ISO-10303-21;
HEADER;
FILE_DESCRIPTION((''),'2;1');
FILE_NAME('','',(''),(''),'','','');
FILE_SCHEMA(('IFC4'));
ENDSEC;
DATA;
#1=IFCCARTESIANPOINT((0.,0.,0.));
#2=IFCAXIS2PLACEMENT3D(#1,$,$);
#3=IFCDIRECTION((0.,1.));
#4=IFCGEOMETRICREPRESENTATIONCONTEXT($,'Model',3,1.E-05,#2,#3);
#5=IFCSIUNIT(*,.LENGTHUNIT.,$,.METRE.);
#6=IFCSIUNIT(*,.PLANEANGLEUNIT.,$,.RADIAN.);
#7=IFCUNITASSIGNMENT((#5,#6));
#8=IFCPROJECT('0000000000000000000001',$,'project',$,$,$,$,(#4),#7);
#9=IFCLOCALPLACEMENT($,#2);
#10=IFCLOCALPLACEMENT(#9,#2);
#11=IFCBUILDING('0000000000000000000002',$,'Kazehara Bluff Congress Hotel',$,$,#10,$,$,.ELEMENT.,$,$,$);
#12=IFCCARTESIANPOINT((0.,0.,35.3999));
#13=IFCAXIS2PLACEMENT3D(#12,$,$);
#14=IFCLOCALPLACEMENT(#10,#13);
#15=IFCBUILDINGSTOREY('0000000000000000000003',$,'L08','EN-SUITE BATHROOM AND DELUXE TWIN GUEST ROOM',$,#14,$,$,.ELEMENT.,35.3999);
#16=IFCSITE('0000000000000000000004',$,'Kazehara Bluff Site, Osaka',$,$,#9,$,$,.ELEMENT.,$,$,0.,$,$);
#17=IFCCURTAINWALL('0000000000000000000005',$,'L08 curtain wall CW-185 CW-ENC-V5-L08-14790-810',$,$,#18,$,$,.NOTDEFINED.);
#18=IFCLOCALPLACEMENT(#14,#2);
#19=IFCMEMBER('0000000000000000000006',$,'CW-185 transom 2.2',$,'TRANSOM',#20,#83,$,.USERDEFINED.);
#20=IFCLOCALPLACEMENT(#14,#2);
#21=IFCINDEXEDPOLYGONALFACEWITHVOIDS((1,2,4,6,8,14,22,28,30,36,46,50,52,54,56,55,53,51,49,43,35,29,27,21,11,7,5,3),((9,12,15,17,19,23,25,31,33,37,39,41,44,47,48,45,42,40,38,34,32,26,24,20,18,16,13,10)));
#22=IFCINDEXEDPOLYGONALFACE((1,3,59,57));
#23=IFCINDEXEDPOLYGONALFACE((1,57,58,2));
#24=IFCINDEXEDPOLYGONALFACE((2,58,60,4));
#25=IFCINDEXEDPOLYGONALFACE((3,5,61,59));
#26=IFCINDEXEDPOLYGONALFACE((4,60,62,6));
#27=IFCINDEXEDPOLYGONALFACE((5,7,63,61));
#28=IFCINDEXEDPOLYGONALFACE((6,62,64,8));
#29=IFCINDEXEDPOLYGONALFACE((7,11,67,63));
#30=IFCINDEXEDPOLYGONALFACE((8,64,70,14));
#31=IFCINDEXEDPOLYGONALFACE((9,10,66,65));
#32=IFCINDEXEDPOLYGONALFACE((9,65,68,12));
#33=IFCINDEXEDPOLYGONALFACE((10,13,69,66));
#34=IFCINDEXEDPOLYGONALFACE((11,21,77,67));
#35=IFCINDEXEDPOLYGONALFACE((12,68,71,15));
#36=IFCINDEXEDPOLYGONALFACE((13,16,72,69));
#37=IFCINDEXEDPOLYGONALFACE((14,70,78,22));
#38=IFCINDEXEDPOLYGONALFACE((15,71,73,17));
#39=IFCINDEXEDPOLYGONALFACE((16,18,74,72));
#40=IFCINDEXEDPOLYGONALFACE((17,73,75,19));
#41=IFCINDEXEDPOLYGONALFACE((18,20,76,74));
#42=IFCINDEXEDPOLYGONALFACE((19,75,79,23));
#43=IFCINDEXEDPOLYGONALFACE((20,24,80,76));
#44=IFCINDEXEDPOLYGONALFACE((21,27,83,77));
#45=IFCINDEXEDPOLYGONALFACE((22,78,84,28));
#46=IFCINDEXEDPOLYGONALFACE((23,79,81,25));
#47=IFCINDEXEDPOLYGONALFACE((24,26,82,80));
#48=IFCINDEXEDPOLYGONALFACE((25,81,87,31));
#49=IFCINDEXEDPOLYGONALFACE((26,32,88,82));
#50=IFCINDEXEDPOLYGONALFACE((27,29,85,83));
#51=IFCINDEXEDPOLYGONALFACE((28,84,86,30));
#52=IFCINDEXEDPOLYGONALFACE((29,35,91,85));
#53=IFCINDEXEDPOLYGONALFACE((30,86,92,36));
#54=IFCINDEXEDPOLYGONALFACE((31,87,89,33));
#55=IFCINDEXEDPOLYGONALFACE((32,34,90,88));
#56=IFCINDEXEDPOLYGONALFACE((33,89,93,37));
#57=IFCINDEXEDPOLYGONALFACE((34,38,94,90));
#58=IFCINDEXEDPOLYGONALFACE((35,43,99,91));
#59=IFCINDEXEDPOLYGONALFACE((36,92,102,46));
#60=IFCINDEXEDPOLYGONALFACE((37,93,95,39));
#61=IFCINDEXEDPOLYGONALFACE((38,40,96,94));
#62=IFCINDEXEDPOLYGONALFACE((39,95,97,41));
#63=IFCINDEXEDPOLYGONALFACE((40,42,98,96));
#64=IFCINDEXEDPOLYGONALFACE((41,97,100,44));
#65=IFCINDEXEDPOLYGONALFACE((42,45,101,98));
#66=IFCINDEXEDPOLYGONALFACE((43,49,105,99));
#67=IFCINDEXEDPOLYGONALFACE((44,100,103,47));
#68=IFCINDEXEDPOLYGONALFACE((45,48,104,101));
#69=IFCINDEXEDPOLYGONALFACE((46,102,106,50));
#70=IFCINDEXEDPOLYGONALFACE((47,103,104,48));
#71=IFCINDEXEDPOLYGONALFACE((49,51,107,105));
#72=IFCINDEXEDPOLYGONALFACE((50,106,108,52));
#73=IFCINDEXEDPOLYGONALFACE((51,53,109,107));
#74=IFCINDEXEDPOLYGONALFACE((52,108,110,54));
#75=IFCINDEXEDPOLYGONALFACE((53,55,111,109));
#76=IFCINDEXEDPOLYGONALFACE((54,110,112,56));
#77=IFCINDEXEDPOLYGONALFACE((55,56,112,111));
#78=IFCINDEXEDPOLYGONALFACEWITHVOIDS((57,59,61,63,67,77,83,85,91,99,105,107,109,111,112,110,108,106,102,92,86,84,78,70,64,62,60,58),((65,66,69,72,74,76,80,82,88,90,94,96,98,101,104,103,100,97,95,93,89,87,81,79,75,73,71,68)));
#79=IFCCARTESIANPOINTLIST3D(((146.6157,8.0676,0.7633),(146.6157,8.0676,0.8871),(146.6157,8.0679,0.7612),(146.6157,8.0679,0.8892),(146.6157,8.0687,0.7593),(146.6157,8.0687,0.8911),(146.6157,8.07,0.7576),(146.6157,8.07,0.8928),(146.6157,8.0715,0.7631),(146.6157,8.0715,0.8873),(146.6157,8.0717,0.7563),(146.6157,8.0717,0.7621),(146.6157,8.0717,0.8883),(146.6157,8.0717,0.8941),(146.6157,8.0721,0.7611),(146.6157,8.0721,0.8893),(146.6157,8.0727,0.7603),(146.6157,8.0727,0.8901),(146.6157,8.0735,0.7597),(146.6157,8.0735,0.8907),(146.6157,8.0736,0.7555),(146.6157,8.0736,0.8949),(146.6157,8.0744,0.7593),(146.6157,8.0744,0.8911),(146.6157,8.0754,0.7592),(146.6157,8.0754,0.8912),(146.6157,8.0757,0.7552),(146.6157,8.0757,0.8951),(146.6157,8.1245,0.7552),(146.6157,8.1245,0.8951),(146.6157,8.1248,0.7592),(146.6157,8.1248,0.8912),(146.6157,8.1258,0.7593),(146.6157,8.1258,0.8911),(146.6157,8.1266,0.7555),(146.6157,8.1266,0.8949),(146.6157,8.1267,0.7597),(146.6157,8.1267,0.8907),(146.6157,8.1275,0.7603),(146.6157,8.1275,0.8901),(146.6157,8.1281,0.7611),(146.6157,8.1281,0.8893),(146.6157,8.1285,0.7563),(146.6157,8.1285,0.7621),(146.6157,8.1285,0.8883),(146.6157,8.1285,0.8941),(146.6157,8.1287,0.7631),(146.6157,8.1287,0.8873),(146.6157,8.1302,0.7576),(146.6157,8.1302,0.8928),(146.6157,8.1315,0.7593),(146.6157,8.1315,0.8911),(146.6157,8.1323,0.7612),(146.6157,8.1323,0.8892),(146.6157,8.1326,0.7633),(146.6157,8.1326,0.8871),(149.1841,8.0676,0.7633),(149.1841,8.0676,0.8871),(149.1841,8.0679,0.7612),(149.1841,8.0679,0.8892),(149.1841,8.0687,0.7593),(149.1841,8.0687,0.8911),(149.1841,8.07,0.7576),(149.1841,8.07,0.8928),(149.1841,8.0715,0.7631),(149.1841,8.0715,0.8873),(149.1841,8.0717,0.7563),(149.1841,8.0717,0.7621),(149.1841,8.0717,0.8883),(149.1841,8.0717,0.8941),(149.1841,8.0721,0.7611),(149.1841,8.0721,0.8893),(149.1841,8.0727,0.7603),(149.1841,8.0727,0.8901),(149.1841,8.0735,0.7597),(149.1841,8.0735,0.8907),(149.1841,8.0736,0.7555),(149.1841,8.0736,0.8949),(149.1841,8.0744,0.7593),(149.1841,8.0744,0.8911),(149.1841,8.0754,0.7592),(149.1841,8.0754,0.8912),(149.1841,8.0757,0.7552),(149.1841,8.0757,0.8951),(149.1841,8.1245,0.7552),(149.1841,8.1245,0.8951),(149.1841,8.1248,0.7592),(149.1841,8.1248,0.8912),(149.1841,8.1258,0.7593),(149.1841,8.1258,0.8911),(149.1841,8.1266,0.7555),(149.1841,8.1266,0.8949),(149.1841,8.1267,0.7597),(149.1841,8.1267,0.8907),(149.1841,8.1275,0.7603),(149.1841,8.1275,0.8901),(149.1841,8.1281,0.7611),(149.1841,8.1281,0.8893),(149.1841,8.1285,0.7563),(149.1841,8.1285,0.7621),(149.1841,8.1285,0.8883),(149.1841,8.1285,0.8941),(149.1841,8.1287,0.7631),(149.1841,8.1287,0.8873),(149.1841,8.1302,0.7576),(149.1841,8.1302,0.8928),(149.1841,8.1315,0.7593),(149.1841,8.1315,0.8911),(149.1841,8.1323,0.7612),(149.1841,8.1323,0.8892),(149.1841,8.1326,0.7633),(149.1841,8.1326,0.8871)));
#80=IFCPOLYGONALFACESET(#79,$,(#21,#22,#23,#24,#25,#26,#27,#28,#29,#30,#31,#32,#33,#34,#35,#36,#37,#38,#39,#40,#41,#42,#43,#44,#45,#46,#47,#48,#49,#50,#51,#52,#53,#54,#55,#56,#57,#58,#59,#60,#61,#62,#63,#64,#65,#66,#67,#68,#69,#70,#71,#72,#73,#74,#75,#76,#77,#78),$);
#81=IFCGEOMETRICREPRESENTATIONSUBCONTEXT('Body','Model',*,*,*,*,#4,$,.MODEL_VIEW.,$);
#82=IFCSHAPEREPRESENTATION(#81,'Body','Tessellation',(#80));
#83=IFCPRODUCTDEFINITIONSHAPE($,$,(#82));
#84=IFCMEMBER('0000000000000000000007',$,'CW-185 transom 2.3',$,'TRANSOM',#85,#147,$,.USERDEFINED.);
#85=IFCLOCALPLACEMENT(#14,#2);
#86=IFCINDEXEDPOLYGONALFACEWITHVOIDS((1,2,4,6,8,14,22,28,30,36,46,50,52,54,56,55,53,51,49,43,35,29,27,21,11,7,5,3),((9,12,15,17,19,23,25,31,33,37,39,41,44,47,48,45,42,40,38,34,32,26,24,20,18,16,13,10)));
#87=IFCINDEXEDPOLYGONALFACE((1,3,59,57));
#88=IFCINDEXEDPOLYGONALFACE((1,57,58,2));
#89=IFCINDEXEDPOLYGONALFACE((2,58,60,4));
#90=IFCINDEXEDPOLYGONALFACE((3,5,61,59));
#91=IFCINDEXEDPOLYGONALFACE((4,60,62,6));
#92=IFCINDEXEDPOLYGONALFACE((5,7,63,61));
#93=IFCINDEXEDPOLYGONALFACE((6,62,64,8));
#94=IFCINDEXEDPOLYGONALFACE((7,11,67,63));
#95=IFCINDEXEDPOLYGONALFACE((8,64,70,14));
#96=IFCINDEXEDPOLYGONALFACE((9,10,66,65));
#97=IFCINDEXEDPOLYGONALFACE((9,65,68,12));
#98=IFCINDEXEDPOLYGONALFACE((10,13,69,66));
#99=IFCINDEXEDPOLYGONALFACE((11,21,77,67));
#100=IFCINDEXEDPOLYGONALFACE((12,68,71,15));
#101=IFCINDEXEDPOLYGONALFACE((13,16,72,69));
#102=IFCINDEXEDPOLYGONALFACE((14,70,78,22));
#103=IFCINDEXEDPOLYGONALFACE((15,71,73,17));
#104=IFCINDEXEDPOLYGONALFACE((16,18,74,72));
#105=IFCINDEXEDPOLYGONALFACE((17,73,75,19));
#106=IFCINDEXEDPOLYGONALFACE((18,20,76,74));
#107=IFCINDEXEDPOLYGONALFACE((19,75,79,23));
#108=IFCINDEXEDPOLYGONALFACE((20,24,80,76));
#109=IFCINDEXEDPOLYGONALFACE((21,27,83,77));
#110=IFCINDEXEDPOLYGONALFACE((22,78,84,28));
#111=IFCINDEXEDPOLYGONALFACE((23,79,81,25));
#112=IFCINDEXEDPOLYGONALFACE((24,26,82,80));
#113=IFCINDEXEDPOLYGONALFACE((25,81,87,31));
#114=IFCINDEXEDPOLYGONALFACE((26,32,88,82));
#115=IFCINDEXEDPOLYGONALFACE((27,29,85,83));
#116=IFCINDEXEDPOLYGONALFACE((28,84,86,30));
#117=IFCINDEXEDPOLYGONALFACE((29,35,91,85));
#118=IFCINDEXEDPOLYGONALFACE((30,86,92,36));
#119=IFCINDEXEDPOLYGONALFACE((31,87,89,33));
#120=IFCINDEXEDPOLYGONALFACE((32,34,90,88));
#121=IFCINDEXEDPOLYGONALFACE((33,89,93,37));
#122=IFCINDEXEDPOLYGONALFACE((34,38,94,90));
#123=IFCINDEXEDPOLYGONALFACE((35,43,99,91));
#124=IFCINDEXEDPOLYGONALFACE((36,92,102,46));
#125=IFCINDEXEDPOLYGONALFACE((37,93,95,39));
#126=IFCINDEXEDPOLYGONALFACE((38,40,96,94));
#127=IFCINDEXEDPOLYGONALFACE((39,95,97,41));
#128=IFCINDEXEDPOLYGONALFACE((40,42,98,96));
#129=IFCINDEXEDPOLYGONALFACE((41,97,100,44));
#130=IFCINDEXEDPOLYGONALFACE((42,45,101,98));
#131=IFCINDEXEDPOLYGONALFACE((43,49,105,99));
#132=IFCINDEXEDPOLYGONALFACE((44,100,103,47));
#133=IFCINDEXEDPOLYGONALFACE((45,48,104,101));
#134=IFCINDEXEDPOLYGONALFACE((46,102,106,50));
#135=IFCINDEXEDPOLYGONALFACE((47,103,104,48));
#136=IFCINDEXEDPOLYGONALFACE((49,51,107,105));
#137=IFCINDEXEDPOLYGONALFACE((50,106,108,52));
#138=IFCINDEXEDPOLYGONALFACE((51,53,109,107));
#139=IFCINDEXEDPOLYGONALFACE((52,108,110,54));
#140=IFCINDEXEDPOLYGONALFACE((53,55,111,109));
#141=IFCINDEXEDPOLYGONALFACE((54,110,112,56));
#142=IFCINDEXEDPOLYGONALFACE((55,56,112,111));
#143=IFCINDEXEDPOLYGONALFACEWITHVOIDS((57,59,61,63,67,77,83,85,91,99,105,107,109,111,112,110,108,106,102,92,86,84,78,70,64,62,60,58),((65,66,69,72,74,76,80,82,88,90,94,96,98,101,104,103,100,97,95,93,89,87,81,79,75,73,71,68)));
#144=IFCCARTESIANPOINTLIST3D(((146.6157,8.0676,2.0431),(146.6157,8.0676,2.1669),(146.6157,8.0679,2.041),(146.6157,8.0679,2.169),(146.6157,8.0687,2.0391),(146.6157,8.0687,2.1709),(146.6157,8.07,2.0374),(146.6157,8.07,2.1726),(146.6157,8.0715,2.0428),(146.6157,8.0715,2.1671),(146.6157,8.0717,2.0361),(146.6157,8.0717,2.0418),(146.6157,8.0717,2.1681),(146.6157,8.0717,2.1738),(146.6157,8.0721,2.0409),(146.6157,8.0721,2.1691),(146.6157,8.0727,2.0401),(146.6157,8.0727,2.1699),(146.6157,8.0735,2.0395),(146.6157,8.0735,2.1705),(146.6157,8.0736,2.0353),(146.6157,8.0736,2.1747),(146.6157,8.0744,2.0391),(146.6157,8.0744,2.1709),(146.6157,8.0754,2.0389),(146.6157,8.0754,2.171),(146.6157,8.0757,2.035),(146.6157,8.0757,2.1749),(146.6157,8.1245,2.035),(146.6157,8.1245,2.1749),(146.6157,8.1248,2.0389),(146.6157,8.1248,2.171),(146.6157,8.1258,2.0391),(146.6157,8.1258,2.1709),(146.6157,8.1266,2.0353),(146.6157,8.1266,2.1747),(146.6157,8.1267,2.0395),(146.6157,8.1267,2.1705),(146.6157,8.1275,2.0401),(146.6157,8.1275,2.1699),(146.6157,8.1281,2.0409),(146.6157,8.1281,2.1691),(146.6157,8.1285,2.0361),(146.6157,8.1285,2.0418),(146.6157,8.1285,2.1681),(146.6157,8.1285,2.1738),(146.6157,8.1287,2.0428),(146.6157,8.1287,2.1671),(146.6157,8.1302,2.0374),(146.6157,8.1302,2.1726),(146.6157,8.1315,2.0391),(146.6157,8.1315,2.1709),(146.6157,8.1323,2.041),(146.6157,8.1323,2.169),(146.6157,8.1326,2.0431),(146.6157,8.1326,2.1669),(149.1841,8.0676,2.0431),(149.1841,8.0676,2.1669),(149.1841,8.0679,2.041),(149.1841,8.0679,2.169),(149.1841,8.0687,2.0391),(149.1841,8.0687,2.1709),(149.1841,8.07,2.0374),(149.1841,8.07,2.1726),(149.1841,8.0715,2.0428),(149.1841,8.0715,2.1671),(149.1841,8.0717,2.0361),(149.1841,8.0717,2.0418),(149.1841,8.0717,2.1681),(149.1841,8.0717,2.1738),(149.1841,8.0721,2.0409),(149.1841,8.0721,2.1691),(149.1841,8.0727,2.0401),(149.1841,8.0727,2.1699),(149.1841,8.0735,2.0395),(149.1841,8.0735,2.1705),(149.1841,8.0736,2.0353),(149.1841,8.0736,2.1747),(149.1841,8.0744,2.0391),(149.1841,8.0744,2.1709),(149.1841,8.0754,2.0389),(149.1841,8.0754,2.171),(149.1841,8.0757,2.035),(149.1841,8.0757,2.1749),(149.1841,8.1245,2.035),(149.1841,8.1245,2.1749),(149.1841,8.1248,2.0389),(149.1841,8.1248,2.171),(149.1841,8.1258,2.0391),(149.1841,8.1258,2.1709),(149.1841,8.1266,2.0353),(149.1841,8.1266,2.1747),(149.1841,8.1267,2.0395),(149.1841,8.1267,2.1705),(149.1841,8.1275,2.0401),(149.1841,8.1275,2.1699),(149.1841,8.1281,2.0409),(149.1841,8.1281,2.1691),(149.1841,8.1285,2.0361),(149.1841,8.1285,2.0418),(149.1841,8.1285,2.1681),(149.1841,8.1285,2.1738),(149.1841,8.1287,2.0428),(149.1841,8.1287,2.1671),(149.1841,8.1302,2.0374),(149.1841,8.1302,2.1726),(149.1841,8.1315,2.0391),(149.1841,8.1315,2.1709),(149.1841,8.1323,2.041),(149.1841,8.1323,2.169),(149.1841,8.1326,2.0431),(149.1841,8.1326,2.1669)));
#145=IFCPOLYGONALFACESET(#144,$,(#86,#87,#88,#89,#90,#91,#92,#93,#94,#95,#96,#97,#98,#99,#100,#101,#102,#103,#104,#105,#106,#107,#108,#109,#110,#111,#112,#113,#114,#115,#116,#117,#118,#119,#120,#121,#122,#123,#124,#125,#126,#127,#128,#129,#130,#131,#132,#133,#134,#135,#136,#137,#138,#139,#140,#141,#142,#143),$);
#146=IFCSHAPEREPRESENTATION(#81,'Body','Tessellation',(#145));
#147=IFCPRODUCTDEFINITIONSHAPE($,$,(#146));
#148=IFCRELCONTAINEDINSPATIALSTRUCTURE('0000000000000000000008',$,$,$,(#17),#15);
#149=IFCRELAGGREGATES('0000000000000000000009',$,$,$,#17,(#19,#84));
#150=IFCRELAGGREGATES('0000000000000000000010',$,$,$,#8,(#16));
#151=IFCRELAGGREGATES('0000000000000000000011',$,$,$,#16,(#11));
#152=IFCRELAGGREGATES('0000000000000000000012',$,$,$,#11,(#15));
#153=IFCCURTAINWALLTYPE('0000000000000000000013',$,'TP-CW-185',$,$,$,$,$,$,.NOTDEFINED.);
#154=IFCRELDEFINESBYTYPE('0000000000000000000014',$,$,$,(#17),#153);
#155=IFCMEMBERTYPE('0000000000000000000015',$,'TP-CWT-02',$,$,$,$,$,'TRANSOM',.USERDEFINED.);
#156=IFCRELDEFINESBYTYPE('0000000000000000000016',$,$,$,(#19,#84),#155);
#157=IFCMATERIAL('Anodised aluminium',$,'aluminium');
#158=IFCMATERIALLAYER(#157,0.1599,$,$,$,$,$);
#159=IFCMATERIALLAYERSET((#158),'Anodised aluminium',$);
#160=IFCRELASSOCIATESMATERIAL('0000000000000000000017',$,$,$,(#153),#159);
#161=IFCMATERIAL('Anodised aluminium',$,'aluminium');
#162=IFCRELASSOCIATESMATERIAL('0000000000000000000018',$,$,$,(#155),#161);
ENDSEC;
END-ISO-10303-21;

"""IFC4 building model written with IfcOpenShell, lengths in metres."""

from ifc_helpers import new_model, si_unit, direction, frame, origin, origin_2d, place, context, subcontext, project, spatial, hollow_rectangle, extrude, material, layer, layer_set, material_profile, profile_set, type_object, element, aggregate, save


model = new_model("IFC4")

# Units and contexts
model_context = context("Model", 3, precision=1e-05, world=origin(), true_north=direction((0.0, 1.0)))
body_context = subcontext(model_context, "Body", "Model", "MODEL_VIEW")
ifc_project = project(units=[si_unit("LENGTHUNIT", "METRE"), si_unit("PLANEANGLEUNIT", "RADIAN")], contexts=[model_context])

# Site, building, storey
site_placement = place(None, origin())
site = spatial("IfcSite", under=ifc_project, at=site_placement, Name="Kazehara Bluff Site, Osaka", CompositionType="ELEMENT", RefElevation=0.0)
building_placement = place(site_placement, origin())
building = spatial("IfcBuilding", under=site, at=building_placement, Name="Kazehara Bluff Congress Hotel", CompositionType="ELEMENT")
storey_placement = place(building_placement, frame((0.0, 0.0, 35.3999)))
storey = spatial("IfcBuildingStorey", under=building, at=storey_placement, Name="L08", Description="EN-SUITE BATHROOM AND DELUXE TWIN GUEST ROOM", CompositionType="ELEMENT", Elevation=35.3999)

# Curtain wall, members
ifc_material_1 = material(Name="Anodised aluminium", Category="aluminium")
ifc_layer_1 = layer(ifc_material_1, 0.1599)
ifc_layer_set_1 = layer_set([ifc_layer_1], Name="Anodised aluminium")
curtain_wall_type = type_object("IfcCurtainWallType", Name="TP-CW-185", PredefinedType="NOTDEFINED", material=ifc_layer_set_1)
curtain_wall_placement = place(storey_placement, origin())
curtain_wall = element("IfcCurtainWall", 1, at=curtain_wall_placement, inside=storey, type_object=curtain_wall_type, Name="L08 curtain wall CW-185 CW-ENC-V5-L08-14790-810", PredefinedType="NOTDEFINED")
ifc_material_2 = material(Name="Anodised aluminium", Category="aluminium")
ifc_material_profile_1 = material_profile(ifc_material_2, hollow_rectangle(XDim=0.0649, YDim=0.1399, WallThickness=0.0039, InnerFilletRadius=0.0039, OuterFilletRadius=0.0081, at=origin_2d()))
ifc_profile_set_1 = profile_set([ifc_material_profile_1], Name="Anodised aluminium")
member_type_1 = type_object("IfcMemberType", Name="TP-CWT-02", ElementType="TRANSOM", PredefinedType="USERDEFINED", material=ifc_profile_set_1)
member_1_placement = place(storey_placement, frame((149.1841, 8.1001, 0.8252), z_axis=(-1.0, 0.0, 0.0), x_axis=(0.0, -1.0, 0.0)))
member_1 = element("IfcMember", 2, at=member_1_placement, type_object=member_type_1, Name="CW-185 transom 2.2", ObjectType="TRANSOM", PredefinedType="USERDEFINED", context=body_context, shape_type="SweptSolid", body=[
    extrude(hollow_rectangle(XDim=0.0649, YDim=0.1399, WallThickness=0.0039, InnerFilletRadius=0.0039, OuterFilletRadius=0.0081, at=origin_2d()), origin(), (0.0, 0.0, 1.0), 2.5684),
])
member_2_placement = place(storey_placement, frame((149.1841, 8.1001, 2.105), z_axis=(-1.0, 0.0, 0.0), x_axis=(0.0, -1.0, 0.0)))
member_2 = element("IfcMember", 3, at=member_2_placement, type_object=member_type_1, Name="CW-185 transom 2.3", ObjectType="TRANSOM", PredefinedType="USERDEFINED", context=body_context, shape_type="SweptSolid", body=[
    extrude(hollow_rectangle(XDim=0.0649, YDim=0.1399, WallThickness=0.0039, InnerFilletRadius=0.0039, OuterFilletRadius=0.0081, at=origin_2d()), origin(), (0.0, 0.0, 1.0), 2.5684),
])

aggregate(curtain_wall, [member_1, member_2])

save(model, "model.ifc")
